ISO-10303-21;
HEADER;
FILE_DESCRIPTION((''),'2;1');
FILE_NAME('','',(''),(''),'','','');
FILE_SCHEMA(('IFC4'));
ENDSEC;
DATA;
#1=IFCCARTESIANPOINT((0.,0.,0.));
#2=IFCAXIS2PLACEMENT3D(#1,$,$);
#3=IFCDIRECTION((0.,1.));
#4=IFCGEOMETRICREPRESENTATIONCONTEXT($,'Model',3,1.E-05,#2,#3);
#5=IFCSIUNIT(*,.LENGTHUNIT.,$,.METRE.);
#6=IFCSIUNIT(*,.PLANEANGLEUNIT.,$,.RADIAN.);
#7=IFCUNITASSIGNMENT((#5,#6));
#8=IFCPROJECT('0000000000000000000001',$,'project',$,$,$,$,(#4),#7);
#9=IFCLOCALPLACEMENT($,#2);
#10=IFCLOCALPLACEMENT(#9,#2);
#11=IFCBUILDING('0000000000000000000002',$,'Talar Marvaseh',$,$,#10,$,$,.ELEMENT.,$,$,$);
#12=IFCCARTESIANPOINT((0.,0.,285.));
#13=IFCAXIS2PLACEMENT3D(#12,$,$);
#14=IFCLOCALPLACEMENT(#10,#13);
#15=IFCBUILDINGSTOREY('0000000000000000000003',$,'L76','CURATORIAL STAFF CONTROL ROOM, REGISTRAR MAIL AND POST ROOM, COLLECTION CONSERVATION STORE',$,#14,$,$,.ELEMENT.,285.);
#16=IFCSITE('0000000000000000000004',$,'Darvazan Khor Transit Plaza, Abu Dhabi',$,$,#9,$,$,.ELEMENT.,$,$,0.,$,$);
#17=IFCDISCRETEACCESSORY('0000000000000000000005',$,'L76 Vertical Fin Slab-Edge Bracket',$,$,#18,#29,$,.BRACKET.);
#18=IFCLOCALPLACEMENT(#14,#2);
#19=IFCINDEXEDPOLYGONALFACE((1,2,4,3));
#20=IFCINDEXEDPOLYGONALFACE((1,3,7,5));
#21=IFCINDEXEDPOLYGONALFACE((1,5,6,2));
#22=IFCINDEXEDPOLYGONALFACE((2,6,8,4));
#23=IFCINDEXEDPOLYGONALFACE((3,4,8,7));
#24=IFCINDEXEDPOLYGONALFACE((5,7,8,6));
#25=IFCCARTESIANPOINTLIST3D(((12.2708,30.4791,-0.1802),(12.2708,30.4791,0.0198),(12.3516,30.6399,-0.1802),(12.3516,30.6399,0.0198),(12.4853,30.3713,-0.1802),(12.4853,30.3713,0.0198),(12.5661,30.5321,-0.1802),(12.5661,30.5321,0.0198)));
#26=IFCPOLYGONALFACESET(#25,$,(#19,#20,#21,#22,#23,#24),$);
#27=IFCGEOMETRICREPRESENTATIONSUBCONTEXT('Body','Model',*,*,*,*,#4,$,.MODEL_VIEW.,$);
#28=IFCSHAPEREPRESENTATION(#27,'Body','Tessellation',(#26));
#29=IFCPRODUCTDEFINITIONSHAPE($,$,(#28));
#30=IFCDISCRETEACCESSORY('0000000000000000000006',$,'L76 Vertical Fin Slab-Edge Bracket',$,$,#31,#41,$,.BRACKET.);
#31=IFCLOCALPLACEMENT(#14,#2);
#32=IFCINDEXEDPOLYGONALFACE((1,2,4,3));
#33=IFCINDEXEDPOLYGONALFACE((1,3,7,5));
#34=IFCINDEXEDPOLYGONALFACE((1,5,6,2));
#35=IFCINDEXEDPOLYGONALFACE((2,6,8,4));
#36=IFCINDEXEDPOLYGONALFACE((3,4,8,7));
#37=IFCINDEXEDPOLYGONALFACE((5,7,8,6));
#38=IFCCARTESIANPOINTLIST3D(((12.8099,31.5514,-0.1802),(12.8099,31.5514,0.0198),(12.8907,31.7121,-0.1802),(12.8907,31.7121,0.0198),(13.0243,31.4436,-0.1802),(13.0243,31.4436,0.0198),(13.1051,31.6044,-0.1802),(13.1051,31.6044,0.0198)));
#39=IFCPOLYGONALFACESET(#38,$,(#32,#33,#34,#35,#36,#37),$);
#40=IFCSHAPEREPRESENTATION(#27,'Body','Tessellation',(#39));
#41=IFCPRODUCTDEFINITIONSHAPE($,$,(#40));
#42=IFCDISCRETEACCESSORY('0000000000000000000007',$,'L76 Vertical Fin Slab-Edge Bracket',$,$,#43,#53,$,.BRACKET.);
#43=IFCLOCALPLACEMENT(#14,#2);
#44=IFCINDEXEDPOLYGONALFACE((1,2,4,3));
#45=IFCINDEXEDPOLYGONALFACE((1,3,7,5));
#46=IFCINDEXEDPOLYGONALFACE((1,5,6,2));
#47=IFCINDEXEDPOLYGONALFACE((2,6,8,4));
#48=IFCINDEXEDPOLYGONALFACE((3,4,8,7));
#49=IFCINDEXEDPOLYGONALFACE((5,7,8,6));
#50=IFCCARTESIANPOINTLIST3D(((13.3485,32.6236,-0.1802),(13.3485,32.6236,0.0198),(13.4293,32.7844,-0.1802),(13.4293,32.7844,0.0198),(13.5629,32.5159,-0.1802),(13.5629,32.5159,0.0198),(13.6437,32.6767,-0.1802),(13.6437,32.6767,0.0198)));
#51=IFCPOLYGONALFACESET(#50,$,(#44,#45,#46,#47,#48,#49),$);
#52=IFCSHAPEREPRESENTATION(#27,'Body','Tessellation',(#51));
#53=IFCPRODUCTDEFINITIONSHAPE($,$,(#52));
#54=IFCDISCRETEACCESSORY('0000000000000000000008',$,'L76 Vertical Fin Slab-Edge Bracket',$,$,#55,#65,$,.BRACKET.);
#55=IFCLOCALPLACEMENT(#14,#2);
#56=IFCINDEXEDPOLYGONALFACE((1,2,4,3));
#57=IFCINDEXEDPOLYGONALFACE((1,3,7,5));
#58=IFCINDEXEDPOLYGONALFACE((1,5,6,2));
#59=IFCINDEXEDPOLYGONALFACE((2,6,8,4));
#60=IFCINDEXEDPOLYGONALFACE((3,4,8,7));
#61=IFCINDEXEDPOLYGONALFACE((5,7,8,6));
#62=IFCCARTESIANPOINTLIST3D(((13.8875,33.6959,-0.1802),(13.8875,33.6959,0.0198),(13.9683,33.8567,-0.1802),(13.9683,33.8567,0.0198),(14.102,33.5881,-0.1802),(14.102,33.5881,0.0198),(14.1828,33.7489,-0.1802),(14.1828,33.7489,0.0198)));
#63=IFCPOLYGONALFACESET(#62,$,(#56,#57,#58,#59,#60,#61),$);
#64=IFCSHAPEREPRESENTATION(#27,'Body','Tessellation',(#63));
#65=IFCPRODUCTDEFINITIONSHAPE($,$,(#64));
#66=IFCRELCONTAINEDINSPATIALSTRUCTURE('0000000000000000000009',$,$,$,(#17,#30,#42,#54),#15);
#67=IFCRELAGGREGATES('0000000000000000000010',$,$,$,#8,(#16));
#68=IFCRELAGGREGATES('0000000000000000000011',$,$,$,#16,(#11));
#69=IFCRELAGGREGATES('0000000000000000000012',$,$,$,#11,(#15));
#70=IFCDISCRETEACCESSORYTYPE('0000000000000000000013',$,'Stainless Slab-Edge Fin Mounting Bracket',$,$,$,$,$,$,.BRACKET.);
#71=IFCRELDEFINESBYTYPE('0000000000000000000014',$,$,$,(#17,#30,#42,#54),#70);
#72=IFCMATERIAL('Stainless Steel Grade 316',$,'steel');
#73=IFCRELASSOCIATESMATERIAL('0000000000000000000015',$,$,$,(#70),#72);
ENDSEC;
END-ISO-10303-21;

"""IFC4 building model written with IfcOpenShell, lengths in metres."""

from ifc_helpers import new_model, si_unit, direction, frame, origin, origin_2d, place, context, subcontext, project, spatial, rectangle, extrude, source, transform, mapped, material, type_object, type_shapes, element, save


model = new_model("IFC4")

# Units and contexts
model_context = context("Model", 3, precision=1e-05, world=origin(), true_north=direction((0.0, 1.0)))
body_context = subcontext(model_context, "Body", "Model", "MODEL_VIEW")
ifc_project = project(units=[si_unit("LENGTHUNIT", "METRE"), si_unit("PLANEANGLEUNIT", "RADIAN")], contexts=[model_context])

# Site, building, storey
site_placement = place(None, origin())
site = spatial("IfcSite", under=ifc_project, at=site_placement, Name="Darvazan Khor Transit Plaza, Abu Dhabi", CompositionType="ELEMENT", RefElevation=0.0)
building_placement = place(site_placement, origin())
building = spatial("IfcBuilding", under=site, at=building_placement, Name="Talar Marvaseh", CompositionType="ELEMENT")
storey_placement = place(building_placement, frame((0.0, 0.0, 285.0)))
storey = spatial("IfcBuildingStorey", under=building, at=storey_placement, Name="L76", Description="CURATORIAL STAFF CONTROL ROOM, REGISTRAR MAIL AND POST ROOM, COLLECTION CONSERVATION STORE", CompositionType="ELEMENT", Elevation=285.0)

# Shared definitions
ifc_material_1 = material(Name="Stainless Steel Grade 316", Category="steel")

# Discrete accessories
discrete_accessory_type = type_object("IfcDiscreteAccessoryType", Name="Stainless Slab-Edge Fin Mounting Bracket", PredefinedType="BRACKET", material=ifc_material_1)
shared_shape_1 = source(origin(), body_context, "Body", "SweptSolid", [
    extrude(rectangle(XDim=0.24, YDim=0.1799, at=origin_2d()), origin(), (0.0, 0.0, 1.0), 0.2),
])
type_shapes(discrete_accessory_type, [shared_shape_1])
for number, where, z_axis, x_axis, name in (
    (1, (12.4185, 30.5056, -0.1802), (0.0, 0.0, 1.0), (-0.893528, 0.449007, 0.0), "L76 Vertical Fin Slab-Edge Bracket"),
    (2, (12.9575, 31.5779, -0.1802), (0.0, 0.0, 1.0), (-0.893528, 0.449007, 0.0), "L76 Vertical Fin Slab-Edge Bracket"),
    (3, (13.4961, 32.6501, -0.1802), (0.0, 0.0, 1.0), (-0.893528, 0.449007, 0.0), "L76 Vertical Fin Slab-Edge Bracket"),
    (4, (14.0352, 33.7224, -0.1802), (0.0, 0.0, 1.0), (-0.893528, 0.449007, 0.0), "L76 Vertical Fin Slab-Edge Bracket"),
):
    element("IfcDiscreteAccessory", number, at=place(storey_placement, frame(where, z_axis=z_axis, x_axis=x_axis)), inside=storey, type_object=discrete_accessory_type, Name=name, PredefinedType="BRACKET", context=body_context, shape_type="MappedRepresentation", body=[
        mapped(shared_shape_1, transform((0.0, 0.0, 0.0), x_axis=(1.0, 0.0, 0.0), y_axis=(0.0, 1.0, 0.0), z_axis=(0.0, 0.0, 1.0), scale=1.0)),
    ])

save(model, "model.ifc")
